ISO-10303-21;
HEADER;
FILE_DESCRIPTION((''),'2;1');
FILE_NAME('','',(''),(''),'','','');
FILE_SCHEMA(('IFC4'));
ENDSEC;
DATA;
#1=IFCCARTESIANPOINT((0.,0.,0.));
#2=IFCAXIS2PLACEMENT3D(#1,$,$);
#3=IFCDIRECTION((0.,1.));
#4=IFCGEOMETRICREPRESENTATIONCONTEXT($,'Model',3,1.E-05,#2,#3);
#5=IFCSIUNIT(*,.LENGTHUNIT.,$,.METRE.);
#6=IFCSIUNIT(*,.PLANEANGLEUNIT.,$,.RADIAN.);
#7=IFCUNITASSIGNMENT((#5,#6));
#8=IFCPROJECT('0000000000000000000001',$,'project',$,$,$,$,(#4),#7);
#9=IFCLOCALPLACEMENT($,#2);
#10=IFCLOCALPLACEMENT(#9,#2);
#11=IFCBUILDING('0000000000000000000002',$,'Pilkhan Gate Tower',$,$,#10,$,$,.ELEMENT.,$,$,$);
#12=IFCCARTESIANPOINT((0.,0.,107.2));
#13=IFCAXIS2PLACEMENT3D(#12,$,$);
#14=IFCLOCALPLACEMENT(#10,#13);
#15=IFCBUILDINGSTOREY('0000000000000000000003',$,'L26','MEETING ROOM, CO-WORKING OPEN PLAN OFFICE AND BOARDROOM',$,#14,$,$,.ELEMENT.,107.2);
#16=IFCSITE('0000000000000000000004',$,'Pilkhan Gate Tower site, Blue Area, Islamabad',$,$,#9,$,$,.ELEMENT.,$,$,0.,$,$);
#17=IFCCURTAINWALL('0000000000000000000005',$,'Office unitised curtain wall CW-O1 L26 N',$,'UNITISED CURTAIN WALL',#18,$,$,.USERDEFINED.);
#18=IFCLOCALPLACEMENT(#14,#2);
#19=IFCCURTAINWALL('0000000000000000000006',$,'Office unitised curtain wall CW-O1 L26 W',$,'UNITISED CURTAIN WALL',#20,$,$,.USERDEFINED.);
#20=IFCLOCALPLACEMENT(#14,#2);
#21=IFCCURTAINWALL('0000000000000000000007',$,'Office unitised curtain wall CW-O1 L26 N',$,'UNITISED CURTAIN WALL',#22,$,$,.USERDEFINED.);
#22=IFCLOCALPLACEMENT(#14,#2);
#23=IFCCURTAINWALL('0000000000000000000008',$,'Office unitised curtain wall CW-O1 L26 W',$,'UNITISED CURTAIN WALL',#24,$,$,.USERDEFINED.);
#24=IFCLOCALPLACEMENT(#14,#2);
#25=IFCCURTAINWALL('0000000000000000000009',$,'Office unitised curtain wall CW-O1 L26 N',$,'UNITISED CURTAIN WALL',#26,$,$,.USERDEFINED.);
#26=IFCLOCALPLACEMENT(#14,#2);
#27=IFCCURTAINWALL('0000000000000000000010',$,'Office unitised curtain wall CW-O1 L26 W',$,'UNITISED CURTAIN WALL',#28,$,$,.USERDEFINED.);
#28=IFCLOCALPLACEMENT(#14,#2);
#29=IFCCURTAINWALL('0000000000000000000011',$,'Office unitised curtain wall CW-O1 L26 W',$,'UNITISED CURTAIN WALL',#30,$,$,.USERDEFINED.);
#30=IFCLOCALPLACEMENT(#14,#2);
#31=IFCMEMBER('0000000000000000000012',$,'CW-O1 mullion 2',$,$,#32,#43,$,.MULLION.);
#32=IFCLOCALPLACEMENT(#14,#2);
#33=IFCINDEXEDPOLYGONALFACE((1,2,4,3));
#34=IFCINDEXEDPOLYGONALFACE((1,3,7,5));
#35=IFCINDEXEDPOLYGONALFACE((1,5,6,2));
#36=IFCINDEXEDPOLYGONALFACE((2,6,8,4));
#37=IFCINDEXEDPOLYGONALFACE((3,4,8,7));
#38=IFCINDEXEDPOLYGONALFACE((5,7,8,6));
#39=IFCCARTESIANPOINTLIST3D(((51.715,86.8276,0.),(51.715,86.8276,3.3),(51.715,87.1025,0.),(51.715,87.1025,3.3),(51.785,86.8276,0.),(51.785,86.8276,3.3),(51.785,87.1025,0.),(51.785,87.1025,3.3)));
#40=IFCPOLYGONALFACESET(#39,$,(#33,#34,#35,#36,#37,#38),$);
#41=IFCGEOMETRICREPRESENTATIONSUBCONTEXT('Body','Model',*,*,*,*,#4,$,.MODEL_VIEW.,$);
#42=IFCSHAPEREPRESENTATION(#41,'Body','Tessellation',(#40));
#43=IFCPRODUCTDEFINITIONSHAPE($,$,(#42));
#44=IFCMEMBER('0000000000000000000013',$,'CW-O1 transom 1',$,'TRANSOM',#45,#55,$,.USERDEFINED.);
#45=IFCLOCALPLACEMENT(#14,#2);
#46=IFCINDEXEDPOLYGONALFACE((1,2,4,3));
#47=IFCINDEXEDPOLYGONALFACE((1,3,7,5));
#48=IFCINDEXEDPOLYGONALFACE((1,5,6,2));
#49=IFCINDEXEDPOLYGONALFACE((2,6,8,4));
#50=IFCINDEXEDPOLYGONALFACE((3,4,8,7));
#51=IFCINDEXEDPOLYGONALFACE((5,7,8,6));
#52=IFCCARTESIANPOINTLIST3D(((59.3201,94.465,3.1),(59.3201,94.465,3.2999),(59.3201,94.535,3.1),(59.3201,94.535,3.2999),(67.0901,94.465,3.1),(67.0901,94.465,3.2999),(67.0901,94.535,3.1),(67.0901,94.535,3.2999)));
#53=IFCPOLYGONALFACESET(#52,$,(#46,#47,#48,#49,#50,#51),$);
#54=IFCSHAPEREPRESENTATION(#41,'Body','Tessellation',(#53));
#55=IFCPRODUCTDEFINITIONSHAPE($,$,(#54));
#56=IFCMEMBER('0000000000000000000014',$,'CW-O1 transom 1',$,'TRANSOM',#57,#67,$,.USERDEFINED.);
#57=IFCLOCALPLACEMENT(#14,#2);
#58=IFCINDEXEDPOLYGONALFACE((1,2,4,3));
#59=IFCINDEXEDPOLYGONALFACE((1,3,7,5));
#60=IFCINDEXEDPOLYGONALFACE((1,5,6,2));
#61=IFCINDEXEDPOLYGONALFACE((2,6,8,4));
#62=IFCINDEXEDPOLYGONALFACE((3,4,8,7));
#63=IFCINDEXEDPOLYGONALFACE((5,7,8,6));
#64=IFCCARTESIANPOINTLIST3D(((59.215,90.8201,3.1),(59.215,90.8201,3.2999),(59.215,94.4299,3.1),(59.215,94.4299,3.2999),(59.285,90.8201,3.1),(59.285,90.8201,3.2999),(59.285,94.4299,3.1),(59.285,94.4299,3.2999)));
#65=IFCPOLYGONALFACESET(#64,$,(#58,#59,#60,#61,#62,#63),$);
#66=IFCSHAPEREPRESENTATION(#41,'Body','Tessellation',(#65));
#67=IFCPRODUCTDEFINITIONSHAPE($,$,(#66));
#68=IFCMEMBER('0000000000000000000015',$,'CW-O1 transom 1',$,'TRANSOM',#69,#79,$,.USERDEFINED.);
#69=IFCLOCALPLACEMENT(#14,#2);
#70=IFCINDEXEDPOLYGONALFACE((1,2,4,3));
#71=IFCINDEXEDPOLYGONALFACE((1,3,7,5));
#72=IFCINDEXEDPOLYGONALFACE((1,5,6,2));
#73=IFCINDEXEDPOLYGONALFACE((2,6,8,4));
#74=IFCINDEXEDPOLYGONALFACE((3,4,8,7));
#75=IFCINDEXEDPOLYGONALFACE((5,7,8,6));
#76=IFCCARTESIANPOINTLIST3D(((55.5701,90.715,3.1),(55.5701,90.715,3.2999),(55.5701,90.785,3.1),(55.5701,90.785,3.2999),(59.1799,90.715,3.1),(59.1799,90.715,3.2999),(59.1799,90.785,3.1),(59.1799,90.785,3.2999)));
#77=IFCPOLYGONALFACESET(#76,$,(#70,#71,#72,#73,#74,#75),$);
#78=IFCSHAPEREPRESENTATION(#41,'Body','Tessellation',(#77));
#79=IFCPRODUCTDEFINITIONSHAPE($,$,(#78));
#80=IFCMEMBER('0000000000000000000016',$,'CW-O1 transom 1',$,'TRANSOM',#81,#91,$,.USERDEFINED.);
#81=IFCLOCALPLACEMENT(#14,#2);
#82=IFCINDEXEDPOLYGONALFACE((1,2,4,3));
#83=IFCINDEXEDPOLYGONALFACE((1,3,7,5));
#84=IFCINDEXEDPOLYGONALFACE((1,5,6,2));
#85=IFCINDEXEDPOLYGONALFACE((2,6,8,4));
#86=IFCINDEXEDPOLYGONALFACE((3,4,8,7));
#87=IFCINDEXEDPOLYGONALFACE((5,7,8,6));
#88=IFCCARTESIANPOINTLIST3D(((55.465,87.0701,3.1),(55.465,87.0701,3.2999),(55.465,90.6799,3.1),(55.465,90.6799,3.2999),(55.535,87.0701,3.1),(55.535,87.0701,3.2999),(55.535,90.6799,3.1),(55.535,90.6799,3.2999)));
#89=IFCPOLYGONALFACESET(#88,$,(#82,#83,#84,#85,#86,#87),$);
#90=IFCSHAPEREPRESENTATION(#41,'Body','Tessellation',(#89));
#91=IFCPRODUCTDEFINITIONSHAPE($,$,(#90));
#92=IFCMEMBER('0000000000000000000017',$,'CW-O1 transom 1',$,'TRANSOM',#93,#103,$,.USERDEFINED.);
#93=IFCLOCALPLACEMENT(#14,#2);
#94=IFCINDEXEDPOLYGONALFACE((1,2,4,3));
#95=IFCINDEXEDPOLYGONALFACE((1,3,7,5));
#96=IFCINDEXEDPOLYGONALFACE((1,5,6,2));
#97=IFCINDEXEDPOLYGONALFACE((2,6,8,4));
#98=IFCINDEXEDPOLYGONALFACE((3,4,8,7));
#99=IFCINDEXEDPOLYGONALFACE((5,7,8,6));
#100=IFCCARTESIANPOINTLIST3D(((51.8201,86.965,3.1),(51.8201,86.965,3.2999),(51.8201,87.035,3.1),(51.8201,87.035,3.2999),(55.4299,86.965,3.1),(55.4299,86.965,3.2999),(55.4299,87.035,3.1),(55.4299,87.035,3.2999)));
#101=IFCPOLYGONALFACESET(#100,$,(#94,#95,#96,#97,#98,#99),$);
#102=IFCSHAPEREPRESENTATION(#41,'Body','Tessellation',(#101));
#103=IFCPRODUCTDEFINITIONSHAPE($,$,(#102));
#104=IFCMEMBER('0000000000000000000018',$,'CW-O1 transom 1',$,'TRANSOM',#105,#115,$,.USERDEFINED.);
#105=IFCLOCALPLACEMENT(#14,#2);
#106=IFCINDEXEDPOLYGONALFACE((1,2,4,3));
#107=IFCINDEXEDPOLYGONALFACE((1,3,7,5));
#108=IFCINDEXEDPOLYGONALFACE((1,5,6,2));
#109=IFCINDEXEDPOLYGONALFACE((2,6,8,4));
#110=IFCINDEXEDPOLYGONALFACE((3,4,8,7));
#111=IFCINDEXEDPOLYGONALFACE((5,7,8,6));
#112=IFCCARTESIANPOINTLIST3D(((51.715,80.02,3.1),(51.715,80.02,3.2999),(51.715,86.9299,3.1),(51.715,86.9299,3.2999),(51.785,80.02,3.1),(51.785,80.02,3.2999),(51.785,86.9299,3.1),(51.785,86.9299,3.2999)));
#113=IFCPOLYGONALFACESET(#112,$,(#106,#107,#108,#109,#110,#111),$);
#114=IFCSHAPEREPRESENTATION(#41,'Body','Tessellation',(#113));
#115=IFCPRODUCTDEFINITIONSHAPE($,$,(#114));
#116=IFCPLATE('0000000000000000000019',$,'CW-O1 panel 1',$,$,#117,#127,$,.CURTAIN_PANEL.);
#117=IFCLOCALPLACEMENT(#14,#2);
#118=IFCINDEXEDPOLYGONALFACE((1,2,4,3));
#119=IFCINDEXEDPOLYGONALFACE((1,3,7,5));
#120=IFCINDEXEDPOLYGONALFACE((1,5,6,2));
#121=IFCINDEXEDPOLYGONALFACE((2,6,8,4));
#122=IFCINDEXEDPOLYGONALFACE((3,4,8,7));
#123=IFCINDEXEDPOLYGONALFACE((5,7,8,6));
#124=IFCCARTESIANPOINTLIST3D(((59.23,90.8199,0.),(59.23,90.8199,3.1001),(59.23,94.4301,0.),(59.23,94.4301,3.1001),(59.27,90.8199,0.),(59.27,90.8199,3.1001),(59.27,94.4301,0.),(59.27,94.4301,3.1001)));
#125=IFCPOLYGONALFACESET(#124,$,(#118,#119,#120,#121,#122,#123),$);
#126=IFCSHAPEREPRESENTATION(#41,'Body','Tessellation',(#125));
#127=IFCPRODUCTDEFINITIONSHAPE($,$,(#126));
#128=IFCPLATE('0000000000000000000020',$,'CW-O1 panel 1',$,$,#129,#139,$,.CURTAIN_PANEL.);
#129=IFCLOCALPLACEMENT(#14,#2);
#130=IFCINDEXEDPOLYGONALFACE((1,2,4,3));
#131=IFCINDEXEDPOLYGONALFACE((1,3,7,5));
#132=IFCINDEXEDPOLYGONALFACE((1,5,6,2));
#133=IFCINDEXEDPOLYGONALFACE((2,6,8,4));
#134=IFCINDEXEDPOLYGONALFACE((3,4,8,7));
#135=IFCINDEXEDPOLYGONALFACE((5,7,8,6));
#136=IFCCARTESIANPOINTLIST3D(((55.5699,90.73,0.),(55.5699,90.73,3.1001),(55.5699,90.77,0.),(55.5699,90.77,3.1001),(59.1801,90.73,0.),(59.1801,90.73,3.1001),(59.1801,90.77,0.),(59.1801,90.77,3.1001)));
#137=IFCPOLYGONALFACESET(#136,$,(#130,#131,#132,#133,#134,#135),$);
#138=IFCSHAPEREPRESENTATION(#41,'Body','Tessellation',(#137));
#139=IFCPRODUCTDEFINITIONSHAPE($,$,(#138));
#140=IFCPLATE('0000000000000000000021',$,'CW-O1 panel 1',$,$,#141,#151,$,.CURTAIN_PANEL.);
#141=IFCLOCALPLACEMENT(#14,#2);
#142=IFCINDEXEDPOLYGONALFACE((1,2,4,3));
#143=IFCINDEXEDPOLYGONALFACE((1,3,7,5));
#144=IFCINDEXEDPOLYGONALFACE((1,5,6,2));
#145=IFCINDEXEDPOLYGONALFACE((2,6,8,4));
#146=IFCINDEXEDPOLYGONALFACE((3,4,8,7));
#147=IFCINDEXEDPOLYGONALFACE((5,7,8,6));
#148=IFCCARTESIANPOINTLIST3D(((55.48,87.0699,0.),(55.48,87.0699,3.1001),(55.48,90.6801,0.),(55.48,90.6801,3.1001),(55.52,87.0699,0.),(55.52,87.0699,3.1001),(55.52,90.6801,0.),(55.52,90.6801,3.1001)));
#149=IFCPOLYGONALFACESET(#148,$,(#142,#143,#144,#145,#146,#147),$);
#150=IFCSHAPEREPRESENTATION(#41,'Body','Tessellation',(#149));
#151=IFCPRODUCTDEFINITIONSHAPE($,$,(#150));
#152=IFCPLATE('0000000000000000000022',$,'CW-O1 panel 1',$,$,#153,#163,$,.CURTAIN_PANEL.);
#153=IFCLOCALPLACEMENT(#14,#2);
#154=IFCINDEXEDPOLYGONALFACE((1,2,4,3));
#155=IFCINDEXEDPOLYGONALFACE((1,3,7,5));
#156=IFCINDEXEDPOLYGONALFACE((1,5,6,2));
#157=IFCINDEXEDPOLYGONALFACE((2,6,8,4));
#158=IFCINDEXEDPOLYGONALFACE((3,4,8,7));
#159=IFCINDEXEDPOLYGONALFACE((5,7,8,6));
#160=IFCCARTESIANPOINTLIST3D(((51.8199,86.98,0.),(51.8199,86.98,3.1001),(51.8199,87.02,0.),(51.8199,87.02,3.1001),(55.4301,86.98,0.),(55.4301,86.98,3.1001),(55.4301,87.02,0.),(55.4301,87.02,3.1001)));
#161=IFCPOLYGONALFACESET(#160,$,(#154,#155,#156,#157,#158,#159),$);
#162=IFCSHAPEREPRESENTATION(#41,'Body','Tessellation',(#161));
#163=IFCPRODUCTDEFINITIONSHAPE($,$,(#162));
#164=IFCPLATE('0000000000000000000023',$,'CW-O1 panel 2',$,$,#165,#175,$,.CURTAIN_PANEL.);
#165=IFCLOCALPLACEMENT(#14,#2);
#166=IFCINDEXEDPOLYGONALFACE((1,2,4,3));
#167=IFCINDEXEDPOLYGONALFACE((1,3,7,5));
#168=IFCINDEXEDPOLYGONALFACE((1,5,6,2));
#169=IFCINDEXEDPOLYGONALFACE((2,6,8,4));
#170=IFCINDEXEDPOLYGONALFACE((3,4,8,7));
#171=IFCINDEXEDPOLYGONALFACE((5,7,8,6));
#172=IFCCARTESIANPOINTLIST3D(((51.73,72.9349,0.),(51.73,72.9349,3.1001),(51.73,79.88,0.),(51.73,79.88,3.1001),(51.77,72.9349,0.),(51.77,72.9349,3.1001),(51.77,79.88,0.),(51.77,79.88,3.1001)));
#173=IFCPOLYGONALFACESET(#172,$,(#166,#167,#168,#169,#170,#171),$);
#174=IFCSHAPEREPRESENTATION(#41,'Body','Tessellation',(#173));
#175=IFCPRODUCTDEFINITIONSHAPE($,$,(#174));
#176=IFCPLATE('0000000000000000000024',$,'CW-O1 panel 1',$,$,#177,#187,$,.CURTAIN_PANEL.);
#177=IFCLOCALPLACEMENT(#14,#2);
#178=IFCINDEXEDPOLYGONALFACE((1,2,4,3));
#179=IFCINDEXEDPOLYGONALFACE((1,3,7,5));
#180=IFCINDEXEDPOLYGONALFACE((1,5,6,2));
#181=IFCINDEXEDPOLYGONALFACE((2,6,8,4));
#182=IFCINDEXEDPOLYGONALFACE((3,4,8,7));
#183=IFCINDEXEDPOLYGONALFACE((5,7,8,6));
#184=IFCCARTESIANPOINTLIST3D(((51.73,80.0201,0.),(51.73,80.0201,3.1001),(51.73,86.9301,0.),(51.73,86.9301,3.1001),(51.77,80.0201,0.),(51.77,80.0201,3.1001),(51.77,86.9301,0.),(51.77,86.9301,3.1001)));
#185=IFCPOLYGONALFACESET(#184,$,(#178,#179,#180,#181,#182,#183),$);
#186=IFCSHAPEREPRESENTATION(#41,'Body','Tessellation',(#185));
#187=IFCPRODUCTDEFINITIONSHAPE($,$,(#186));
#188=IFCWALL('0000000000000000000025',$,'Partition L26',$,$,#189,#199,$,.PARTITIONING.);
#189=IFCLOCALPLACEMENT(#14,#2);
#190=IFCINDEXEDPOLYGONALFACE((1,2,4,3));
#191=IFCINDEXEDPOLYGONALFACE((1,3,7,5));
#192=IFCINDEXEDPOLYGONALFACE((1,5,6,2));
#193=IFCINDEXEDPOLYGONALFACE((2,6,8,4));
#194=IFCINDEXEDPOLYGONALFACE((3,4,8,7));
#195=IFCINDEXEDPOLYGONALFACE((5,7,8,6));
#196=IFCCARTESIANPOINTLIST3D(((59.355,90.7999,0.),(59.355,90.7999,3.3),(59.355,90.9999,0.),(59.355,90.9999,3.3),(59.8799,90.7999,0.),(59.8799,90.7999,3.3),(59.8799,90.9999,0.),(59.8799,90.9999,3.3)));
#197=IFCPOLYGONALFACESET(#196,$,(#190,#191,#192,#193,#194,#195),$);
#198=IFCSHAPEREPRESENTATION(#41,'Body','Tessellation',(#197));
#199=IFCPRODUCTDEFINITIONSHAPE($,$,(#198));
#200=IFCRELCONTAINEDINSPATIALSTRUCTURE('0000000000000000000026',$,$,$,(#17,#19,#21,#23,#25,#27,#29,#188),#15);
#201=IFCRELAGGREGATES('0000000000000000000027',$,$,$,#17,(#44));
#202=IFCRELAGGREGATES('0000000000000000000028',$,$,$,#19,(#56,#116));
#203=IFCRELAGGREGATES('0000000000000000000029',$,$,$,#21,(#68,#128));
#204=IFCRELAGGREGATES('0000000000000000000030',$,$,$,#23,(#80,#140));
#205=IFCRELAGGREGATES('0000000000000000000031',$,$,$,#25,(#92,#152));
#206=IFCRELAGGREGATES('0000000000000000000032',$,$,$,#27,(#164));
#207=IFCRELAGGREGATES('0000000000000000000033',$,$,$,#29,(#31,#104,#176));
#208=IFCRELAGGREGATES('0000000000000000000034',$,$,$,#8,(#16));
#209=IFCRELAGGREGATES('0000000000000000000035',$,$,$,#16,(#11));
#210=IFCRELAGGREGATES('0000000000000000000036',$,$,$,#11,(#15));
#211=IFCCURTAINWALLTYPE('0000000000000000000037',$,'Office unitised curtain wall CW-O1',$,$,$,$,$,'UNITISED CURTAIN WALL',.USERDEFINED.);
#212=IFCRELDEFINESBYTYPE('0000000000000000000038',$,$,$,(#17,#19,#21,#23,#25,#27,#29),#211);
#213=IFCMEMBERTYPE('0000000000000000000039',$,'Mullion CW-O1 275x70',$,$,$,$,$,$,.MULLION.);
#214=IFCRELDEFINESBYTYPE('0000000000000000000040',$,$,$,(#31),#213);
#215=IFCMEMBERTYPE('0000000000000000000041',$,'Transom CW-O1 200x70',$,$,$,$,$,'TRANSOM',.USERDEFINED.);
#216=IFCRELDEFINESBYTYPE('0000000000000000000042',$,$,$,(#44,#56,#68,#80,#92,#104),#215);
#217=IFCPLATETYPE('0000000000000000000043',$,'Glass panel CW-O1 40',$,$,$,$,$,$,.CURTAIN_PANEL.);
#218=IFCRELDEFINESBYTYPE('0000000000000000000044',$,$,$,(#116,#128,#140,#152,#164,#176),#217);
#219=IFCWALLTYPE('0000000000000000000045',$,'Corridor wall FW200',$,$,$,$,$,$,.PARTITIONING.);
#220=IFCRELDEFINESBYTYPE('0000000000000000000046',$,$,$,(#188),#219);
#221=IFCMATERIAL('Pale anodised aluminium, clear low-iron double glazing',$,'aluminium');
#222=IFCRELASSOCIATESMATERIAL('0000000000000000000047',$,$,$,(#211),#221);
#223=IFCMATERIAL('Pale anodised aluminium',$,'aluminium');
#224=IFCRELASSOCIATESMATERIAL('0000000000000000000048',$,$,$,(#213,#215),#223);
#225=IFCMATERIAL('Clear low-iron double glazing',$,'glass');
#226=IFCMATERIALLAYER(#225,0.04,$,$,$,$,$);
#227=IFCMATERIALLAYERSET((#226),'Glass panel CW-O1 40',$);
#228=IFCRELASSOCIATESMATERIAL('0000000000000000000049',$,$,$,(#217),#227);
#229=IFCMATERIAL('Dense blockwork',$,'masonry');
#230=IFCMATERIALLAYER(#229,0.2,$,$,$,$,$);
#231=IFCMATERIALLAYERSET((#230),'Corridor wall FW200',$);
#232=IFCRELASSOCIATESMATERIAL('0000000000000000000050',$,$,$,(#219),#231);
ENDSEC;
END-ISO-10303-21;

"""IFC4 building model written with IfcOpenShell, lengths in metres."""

from ifc_helpers import new_model, si_unit, direction, frame, frame_2d, origin, origin_2d, place, context, subcontext, project, spatial, rectangle, extrude, material, layer, layer_set, material_profile, profile_set, type_object, element, aggregate, save


model = new_model("IFC4")

# Units and contexts
model_context = context("Model", 3, precision=1e-05, world=origin(), true_north=direction((0.0, 1.0)))
body_context = subcontext(model_context, "Body", "Model", "MODEL_VIEW")
ifc_project = project(units=[si_unit("LENGTHUNIT", "METRE"), si_unit("PLANEANGLEUNIT", "RADIAN")], contexts=[model_context])

# Site, building, storey
site_placement = place(None, origin())
site = spatial("IfcSite", under=ifc_project, at=site_placement, Name="Pilkhan Gate Tower site, Blue Area, Islamabad", CompositionType="ELEMENT", RefElevation=0.0)
building_placement = place(site_placement, origin())
building = spatial("IfcBuilding", under=site, at=building_placement, Name="Pilkhan Gate Tower", CompositionType="ELEMENT")
storey_placement = place(building_placement, frame((0.0, 0.0, 107.2)))
storey = spatial("IfcBuildingStorey", under=building, at=storey_placement, Name="L26", Description="MEETING ROOM, CO-WORKING OPEN PLAN OFFICE AND BOARDROOM", CompositionType="ELEMENT", Elevation=107.2)

# Curtain wall
ifc_material_1 = material(Name="Pale anodised aluminium, clear low-iron double glazing", Category="aluminium")
curtain_wall_type = type_object("IfcCurtainWallType", Name="Office unitised curtain wall CW-O1", ElementType="UNITISED CURTAIN WALL", PredefinedType="USERDEFINED", material=ifc_material_1)
curtain_wall_1_placement = place(storey_placement, origin())
curtain_wall_1 = element("IfcCurtainWall", 1, at=curtain_wall_1_placement, inside=storey, type_object=curtain_wall_type, Name="Office unitised curtain wall CW-O1 L26 N", ObjectType="UNITISED CURTAIN WALL", PredefinedType="USERDEFINED")
ifc_material_2 = material(Name="Pale anodised aluminium", Category="aluminium")
ifc_material_profile_1 = material_profile(ifc_material_2, rectangle(XDim=0.0701, YDim=0.2749, at=origin_2d()), Name="Mullion 275x70")
ifc_profile_set_1 = profile_set([ifc_material_profile_1], Name="Pale anodised aluminium")
member_type_1 = type_object("IfcMemberType", Name="Mullion CW-O1 275x70", PredefinedType="MULLION", material=ifc_profile_set_1)

# Curtain walls
curtain_wall_2_placement = place(storey_placement, origin())
curtain_wall_2 = element("IfcCurtainWall", 2, at=curtain_wall_2_placement, inside=storey, type_object=curtain_wall_type, Name="Office unitised curtain wall CW-O1 L26 W", ObjectType="UNITISED CURTAIN WALL", PredefinedType="USERDEFINED")
curtain_wall_3_placement = place(storey_placement, origin())
curtain_wall_3 = element("IfcCurtainWall", 3, at=curtain_wall_3_placement, inside=storey, type_object=curtain_wall_type, Name="Office unitised curtain wall CW-O1 L26 N", ObjectType="UNITISED CURTAIN WALL", PredefinedType="USERDEFINED")
curtain_wall_4_placement = place(storey_placement, origin())
curtain_wall_4 = element("IfcCurtainWall", 4, at=curtain_wall_4_placement, inside=storey, type_object=curtain_wall_type, Name="Office unitised curtain wall CW-O1 L26 W", ObjectType="UNITISED CURTAIN WALL", PredefinedType="USERDEFINED")
curtain_wall_5_placement = place(storey_placement, origin())
curtain_wall_5 = element("IfcCurtainWall", 5, at=curtain_wall_5_placement, inside=storey, type_object=curtain_wall_type, Name="Office unitised curtain wall CW-O1 L26 N", ObjectType="UNITISED CURTAIN WALL", PredefinedType="USERDEFINED")

# Curtain wall
curtain_wall_6_placement = place(storey_placement, origin())
curtain_wall_6 = element("IfcCurtainWall", 6, at=curtain_wall_6_placement, inside=storey, type_object=curtain_wall_type, Name="Office unitised curtain wall CW-O1 L26 W", ObjectType="UNITISED CURTAIN WALL", PredefinedType="USERDEFINED")

# Curtain wall, member
curtain_wall_7_placement = place(storey_placement, origin())
curtain_wall_7 = element("IfcCurtainWall", 7, at=curtain_wall_7_placement, inside=storey, type_object=curtain_wall_type, Name="Office unitised curtain wall CW-O1 L26 W", ObjectType="UNITISED CURTAIN WALL", PredefinedType="USERDEFINED")
member_1_placement = place(storey_placement, frame((51.75, 86.9651, 0.0), z_axis=(0.0, 0.0, 1.0), x_axis=(-1.0, 0.0, 0.0)))
member_1 = element("IfcMember", 8, at=member_1_placement, type_object=member_type_1, Name="CW-O1 mullion 2", PredefinedType="MULLION", context=body_context, shape_type="SweptSolid", body=[
    extrude(rectangle(XDim=0.0701, YDim=0.2749, at=origin_2d()), origin(), (0.0, 0.0, 1.0), 3.3),
])

# Members
ifc_material_profile_2 = material_profile(ifc_material_2, rectangle(XDim=0.0701, YDim=0.2, at=origin_2d()), Name="Transom 200x70")
ifc_profile_set_2 = profile_set([ifc_material_profile_2], Name="Pale anodised aluminium")
member_type_2 = type_object("IfcMemberType", Name="Transom CW-O1 200x70", ElementType="TRANSOM", PredefinedType="USERDEFINED", material=ifc_profile_set_2)
member_2_placement = place(storey_placement, frame((59.3201, 94.5, 3.2), z_axis=(1.0, 0.0, 0.0), x_axis=(0.0, 1.0, 0.0)))
member_2 = element("IfcMember", 9, at=member_2_placement, type_object=member_type_2, Name="CW-O1 transom 1", ObjectType="TRANSOM", PredefinedType="USERDEFINED", context=body_context, shape_type="SweptSolid", body=[
    extrude(rectangle(XDim=0.0701, YDim=0.2, at=origin_2d()), origin(), (0.0, 0.0, 1.0), 7.77),
])
aggregate(curtain_wall_1, [member_2])
member_3_placement = place(storey_placement, frame((59.25, 90.8201, 3.2), z_axis=(0.0, 1.0, 0.0), x_axis=(-1.0, 0.0, 0.0)))
member_3 = element("IfcMember", 10, at=member_3_placement, type_object=member_type_2, Name="CW-O1 transom 1", ObjectType="TRANSOM", PredefinedType="USERDEFINED", context=body_context, shape_type="SweptSolid", body=[
    extrude(rectangle(XDim=0.0701, YDim=0.2, at=origin_2d()), origin(), (0.0, 0.0, 1.0), 3.6099),
])
member_4_placement = place(storey_placement, frame((55.5701, 90.75, 3.2), z_axis=(1.0, 0.0, 0.0), x_axis=(0.0, 1.0, 0.0)))
member_4 = element("IfcMember", 11, at=member_4_placement, type_object=member_type_2, Name="CW-O1 transom 1", ObjectType="TRANSOM", PredefinedType="USERDEFINED", context=body_context, shape_type="SweptSolid", body=[
    extrude(rectangle(XDim=0.0701, YDim=0.2, at=origin_2d()), origin(), (0.0, 0.0, 1.0), 3.6099),
])
member_5_placement = place(storey_placement, frame((55.5, 87.0701, 3.2), z_axis=(0.0, 1.0, 0.0), x_axis=(-1.0, 0.0, 0.0)))
member_5 = element("IfcMember", 12, at=member_5_placement, type_object=member_type_2, Name="CW-O1 transom 1", ObjectType="TRANSOM", PredefinedType="USERDEFINED", context=body_context, shape_type="SweptSolid", body=[
    extrude(rectangle(XDim=0.0701, YDim=0.2, at=origin_2d()), origin(), (0.0, 0.0, 1.0), 3.6099),
])
member_6_placement = place(storey_placement, frame((51.8201, 87.0, 3.2), z_axis=(1.0, 0.0, 0.0), x_axis=(0.0, 1.0, 0.0)))
member_6 = element("IfcMember", 13, at=member_6_placement, type_object=member_type_2, Name="CW-O1 transom 1", ObjectType="TRANSOM", PredefinedType="USERDEFINED", context=body_context, shape_type="SweptSolid", body=[
    extrude(rectangle(XDim=0.0701, YDim=0.2, at=origin_2d()), origin(), (0.0, 0.0, 1.0), 3.6099),
])
member_7_placement = place(storey_placement, frame((51.75, 80.02, 3.2), z_axis=(0.0, 1.0, 0.0), x_axis=(-1.0, 0.0, 0.0)))
member_7 = element("IfcMember", 14, at=member_7_placement, type_object=member_type_2, Name="CW-O1 transom 1", ObjectType="TRANSOM", PredefinedType="USERDEFINED", context=body_context, shape_type="SweptSolid", body=[
    extrude(rectangle(XDim=0.0701, YDim=0.2, at=origin_2d()), origin(), (0.0, 0.0, 1.0), 6.9099),
])

# Plates
ifc_material_3 = material(Name="Clear low-iron double glazing", Category="glass")
ifc_layer_1 = layer(ifc_material_3, 0.04)
ifc_layer_set_1 = layer_set([ifc_layer_1], Name="Glass panel CW-O1 40")
plate_type = type_object("IfcPlateType", Name="Glass panel CW-O1 40", PredefinedType="CURTAIN_PANEL", material=ifc_layer_set_1)
plate_1_placement = place(storey_placement, frame((59.25, 92.625, 0.0), z_axis=(0.0, 0.0, 1.0), x_axis=(0.0, 1.0, 0.0)))
plate_1 = element("IfcPlate", 15, at=plate_1_placement, type_object=plate_type, Name="CW-O1 panel 1", PredefinedType="CURTAIN_PANEL", context=body_context, shape_type="SweptSolid", body=[
    extrude(rectangle(XDim=3.6101, YDim=0.04, at=origin_2d()), origin(), (0.0, 0.0, 1.0), 3.1001),
])
aggregate(curtain_wall_2, [member_3, plate_1])
plate_2_placement = place(storey_placement, frame((57.375, 90.75, 0.0), z_axis=(0.0, 0.0, 1.0), x_axis=(1.0, 0.0, 0.0)))
plate_2 = element("IfcPlate", 16, at=plate_2_placement, type_object=plate_type, Name="CW-O1 panel 1", PredefinedType="CURTAIN_PANEL", context=body_context, shape_type="SweptSolid", body=[
    extrude(rectangle(XDim=3.6101, YDim=0.04, at=origin_2d()), origin(), (0.0, 0.0, 1.0), 3.1001),
])
aggregate(curtain_wall_3, [member_4, plate_2])
plate_3_placement = place(storey_placement, frame((55.5, 88.875, 0.0), z_axis=(0.0, 0.0, 1.0), x_axis=(0.0, 1.0, 0.0)))
plate_3 = element("IfcPlate", 17, at=plate_3_placement, type_object=plate_type, Name="CW-O1 panel 1", PredefinedType="CURTAIN_PANEL", context=body_context, shape_type="SweptSolid", body=[
    extrude(rectangle(XDim=3.6101, YDim=0.04, at=origin_2d()), origin(), (0.0, 0.0, 1.0), 3.1001),
])
aggregate(curtain_wall_4, [member_5, plate_3])
plate_4_placement = place(storey_placement, frame((53.625, 87.0, 0.0), z_axis=(0.0, 0.0, 1.0), x_axis=(1.0, 0.0, 0.0)))
plate_4 = element("IfcPlate", 18, at=plate_4_placement, type_object=plate_type, Name="CW-O1 panel 1", PredefinedType="CURTAIN_PANEL", context=body_context, shape_type="SweptSolid", body=[
    extrude(rectangle(XDim=3.6101, YDim=0.04, at=origin_2d()), origin(), (0.0, 0.0, 1.0), 3.1001),
])
aggregate(curtain_wall_5, [member_6, plate_4])
plate_5_placement = place(storey_placement, frame((51.75, 76.4075, 0.0), z_axis=(0.0, 0.0, 1.0), x_axis=(0.0, 1.0, 0.0)))
plate_5 = element("IfcPlate", 19, at=plate_5_placement, type_object=plate_type, Name="CW-O1 panel 2", PredefinedType="CURTAIN_PANEL", context=body_context, shape_type="SweptSolid", body=[
    extrude(rectangle(XDim=6.9451, YDim=0.04, at=origin_2d()), origin(), (0.0, 0.0, 1.0), 3.1001),
])
aggregate(curtain_wall_6, [plate_5])
plate_6_placement = place(storey_placement, frame((51.75, 83.4751, 0.0), z_axis=(0.0, 0.0, 1.0), x_axis=(0.0, 1.0, 0.0)))
plate_6 = element("IfcPlate", 20, at=plate_6_placement, type_object=plate_type, Name="CW-O1 panel 1", PredefinedType="CURTAIN_PANEL", context=body_context, shape_type="SweptSolid", body=[
    extrude(rectangle(XDim=6.9099, YDim=0.04, at=origin_2d()), origin(), (0.0, 0.0, 1.0), 3.1001),
])
aggregate(curtain_wall_7, [member_1, member_7, plate_6])

# Wall
ifc_material_4 = material(Name="Dense blockwork", Category="masonry")
ifc_layer_2 = layer(ifc_material_4, 0.2)
ifc_layer_set_2 = layer_set([ifc_layer_2], Name="Corridor wall FW200")
wall_type_1 = type_object("IfcWallType", Name="Corridor wall FW200", PredefinedType="PARTITIONING", material=ifc_layer_set_2)
wall_1_placement = place(storey_placement, frame((59.355, 90.8999, 0.0), z_axis=(0.0, 0.0, 1.0), x_axis=(1.0, 0.0, 0.0)))
element("IfcWall", 21, at=wall_1_placement, inside=storey, type_object=wall_type_1, Name="Partition L26", PredefinedType="PARTITIONING", context=body_context, shape_type="SweptSolid", body=[
    extrude(rectangle(XDim=0.5249, YDim=0.2, at=frame_2d((0.2625, 0.0))), origin(), (0.0, 0.0, 1.0), 3.3),
])

save(model, "model.ifc")
